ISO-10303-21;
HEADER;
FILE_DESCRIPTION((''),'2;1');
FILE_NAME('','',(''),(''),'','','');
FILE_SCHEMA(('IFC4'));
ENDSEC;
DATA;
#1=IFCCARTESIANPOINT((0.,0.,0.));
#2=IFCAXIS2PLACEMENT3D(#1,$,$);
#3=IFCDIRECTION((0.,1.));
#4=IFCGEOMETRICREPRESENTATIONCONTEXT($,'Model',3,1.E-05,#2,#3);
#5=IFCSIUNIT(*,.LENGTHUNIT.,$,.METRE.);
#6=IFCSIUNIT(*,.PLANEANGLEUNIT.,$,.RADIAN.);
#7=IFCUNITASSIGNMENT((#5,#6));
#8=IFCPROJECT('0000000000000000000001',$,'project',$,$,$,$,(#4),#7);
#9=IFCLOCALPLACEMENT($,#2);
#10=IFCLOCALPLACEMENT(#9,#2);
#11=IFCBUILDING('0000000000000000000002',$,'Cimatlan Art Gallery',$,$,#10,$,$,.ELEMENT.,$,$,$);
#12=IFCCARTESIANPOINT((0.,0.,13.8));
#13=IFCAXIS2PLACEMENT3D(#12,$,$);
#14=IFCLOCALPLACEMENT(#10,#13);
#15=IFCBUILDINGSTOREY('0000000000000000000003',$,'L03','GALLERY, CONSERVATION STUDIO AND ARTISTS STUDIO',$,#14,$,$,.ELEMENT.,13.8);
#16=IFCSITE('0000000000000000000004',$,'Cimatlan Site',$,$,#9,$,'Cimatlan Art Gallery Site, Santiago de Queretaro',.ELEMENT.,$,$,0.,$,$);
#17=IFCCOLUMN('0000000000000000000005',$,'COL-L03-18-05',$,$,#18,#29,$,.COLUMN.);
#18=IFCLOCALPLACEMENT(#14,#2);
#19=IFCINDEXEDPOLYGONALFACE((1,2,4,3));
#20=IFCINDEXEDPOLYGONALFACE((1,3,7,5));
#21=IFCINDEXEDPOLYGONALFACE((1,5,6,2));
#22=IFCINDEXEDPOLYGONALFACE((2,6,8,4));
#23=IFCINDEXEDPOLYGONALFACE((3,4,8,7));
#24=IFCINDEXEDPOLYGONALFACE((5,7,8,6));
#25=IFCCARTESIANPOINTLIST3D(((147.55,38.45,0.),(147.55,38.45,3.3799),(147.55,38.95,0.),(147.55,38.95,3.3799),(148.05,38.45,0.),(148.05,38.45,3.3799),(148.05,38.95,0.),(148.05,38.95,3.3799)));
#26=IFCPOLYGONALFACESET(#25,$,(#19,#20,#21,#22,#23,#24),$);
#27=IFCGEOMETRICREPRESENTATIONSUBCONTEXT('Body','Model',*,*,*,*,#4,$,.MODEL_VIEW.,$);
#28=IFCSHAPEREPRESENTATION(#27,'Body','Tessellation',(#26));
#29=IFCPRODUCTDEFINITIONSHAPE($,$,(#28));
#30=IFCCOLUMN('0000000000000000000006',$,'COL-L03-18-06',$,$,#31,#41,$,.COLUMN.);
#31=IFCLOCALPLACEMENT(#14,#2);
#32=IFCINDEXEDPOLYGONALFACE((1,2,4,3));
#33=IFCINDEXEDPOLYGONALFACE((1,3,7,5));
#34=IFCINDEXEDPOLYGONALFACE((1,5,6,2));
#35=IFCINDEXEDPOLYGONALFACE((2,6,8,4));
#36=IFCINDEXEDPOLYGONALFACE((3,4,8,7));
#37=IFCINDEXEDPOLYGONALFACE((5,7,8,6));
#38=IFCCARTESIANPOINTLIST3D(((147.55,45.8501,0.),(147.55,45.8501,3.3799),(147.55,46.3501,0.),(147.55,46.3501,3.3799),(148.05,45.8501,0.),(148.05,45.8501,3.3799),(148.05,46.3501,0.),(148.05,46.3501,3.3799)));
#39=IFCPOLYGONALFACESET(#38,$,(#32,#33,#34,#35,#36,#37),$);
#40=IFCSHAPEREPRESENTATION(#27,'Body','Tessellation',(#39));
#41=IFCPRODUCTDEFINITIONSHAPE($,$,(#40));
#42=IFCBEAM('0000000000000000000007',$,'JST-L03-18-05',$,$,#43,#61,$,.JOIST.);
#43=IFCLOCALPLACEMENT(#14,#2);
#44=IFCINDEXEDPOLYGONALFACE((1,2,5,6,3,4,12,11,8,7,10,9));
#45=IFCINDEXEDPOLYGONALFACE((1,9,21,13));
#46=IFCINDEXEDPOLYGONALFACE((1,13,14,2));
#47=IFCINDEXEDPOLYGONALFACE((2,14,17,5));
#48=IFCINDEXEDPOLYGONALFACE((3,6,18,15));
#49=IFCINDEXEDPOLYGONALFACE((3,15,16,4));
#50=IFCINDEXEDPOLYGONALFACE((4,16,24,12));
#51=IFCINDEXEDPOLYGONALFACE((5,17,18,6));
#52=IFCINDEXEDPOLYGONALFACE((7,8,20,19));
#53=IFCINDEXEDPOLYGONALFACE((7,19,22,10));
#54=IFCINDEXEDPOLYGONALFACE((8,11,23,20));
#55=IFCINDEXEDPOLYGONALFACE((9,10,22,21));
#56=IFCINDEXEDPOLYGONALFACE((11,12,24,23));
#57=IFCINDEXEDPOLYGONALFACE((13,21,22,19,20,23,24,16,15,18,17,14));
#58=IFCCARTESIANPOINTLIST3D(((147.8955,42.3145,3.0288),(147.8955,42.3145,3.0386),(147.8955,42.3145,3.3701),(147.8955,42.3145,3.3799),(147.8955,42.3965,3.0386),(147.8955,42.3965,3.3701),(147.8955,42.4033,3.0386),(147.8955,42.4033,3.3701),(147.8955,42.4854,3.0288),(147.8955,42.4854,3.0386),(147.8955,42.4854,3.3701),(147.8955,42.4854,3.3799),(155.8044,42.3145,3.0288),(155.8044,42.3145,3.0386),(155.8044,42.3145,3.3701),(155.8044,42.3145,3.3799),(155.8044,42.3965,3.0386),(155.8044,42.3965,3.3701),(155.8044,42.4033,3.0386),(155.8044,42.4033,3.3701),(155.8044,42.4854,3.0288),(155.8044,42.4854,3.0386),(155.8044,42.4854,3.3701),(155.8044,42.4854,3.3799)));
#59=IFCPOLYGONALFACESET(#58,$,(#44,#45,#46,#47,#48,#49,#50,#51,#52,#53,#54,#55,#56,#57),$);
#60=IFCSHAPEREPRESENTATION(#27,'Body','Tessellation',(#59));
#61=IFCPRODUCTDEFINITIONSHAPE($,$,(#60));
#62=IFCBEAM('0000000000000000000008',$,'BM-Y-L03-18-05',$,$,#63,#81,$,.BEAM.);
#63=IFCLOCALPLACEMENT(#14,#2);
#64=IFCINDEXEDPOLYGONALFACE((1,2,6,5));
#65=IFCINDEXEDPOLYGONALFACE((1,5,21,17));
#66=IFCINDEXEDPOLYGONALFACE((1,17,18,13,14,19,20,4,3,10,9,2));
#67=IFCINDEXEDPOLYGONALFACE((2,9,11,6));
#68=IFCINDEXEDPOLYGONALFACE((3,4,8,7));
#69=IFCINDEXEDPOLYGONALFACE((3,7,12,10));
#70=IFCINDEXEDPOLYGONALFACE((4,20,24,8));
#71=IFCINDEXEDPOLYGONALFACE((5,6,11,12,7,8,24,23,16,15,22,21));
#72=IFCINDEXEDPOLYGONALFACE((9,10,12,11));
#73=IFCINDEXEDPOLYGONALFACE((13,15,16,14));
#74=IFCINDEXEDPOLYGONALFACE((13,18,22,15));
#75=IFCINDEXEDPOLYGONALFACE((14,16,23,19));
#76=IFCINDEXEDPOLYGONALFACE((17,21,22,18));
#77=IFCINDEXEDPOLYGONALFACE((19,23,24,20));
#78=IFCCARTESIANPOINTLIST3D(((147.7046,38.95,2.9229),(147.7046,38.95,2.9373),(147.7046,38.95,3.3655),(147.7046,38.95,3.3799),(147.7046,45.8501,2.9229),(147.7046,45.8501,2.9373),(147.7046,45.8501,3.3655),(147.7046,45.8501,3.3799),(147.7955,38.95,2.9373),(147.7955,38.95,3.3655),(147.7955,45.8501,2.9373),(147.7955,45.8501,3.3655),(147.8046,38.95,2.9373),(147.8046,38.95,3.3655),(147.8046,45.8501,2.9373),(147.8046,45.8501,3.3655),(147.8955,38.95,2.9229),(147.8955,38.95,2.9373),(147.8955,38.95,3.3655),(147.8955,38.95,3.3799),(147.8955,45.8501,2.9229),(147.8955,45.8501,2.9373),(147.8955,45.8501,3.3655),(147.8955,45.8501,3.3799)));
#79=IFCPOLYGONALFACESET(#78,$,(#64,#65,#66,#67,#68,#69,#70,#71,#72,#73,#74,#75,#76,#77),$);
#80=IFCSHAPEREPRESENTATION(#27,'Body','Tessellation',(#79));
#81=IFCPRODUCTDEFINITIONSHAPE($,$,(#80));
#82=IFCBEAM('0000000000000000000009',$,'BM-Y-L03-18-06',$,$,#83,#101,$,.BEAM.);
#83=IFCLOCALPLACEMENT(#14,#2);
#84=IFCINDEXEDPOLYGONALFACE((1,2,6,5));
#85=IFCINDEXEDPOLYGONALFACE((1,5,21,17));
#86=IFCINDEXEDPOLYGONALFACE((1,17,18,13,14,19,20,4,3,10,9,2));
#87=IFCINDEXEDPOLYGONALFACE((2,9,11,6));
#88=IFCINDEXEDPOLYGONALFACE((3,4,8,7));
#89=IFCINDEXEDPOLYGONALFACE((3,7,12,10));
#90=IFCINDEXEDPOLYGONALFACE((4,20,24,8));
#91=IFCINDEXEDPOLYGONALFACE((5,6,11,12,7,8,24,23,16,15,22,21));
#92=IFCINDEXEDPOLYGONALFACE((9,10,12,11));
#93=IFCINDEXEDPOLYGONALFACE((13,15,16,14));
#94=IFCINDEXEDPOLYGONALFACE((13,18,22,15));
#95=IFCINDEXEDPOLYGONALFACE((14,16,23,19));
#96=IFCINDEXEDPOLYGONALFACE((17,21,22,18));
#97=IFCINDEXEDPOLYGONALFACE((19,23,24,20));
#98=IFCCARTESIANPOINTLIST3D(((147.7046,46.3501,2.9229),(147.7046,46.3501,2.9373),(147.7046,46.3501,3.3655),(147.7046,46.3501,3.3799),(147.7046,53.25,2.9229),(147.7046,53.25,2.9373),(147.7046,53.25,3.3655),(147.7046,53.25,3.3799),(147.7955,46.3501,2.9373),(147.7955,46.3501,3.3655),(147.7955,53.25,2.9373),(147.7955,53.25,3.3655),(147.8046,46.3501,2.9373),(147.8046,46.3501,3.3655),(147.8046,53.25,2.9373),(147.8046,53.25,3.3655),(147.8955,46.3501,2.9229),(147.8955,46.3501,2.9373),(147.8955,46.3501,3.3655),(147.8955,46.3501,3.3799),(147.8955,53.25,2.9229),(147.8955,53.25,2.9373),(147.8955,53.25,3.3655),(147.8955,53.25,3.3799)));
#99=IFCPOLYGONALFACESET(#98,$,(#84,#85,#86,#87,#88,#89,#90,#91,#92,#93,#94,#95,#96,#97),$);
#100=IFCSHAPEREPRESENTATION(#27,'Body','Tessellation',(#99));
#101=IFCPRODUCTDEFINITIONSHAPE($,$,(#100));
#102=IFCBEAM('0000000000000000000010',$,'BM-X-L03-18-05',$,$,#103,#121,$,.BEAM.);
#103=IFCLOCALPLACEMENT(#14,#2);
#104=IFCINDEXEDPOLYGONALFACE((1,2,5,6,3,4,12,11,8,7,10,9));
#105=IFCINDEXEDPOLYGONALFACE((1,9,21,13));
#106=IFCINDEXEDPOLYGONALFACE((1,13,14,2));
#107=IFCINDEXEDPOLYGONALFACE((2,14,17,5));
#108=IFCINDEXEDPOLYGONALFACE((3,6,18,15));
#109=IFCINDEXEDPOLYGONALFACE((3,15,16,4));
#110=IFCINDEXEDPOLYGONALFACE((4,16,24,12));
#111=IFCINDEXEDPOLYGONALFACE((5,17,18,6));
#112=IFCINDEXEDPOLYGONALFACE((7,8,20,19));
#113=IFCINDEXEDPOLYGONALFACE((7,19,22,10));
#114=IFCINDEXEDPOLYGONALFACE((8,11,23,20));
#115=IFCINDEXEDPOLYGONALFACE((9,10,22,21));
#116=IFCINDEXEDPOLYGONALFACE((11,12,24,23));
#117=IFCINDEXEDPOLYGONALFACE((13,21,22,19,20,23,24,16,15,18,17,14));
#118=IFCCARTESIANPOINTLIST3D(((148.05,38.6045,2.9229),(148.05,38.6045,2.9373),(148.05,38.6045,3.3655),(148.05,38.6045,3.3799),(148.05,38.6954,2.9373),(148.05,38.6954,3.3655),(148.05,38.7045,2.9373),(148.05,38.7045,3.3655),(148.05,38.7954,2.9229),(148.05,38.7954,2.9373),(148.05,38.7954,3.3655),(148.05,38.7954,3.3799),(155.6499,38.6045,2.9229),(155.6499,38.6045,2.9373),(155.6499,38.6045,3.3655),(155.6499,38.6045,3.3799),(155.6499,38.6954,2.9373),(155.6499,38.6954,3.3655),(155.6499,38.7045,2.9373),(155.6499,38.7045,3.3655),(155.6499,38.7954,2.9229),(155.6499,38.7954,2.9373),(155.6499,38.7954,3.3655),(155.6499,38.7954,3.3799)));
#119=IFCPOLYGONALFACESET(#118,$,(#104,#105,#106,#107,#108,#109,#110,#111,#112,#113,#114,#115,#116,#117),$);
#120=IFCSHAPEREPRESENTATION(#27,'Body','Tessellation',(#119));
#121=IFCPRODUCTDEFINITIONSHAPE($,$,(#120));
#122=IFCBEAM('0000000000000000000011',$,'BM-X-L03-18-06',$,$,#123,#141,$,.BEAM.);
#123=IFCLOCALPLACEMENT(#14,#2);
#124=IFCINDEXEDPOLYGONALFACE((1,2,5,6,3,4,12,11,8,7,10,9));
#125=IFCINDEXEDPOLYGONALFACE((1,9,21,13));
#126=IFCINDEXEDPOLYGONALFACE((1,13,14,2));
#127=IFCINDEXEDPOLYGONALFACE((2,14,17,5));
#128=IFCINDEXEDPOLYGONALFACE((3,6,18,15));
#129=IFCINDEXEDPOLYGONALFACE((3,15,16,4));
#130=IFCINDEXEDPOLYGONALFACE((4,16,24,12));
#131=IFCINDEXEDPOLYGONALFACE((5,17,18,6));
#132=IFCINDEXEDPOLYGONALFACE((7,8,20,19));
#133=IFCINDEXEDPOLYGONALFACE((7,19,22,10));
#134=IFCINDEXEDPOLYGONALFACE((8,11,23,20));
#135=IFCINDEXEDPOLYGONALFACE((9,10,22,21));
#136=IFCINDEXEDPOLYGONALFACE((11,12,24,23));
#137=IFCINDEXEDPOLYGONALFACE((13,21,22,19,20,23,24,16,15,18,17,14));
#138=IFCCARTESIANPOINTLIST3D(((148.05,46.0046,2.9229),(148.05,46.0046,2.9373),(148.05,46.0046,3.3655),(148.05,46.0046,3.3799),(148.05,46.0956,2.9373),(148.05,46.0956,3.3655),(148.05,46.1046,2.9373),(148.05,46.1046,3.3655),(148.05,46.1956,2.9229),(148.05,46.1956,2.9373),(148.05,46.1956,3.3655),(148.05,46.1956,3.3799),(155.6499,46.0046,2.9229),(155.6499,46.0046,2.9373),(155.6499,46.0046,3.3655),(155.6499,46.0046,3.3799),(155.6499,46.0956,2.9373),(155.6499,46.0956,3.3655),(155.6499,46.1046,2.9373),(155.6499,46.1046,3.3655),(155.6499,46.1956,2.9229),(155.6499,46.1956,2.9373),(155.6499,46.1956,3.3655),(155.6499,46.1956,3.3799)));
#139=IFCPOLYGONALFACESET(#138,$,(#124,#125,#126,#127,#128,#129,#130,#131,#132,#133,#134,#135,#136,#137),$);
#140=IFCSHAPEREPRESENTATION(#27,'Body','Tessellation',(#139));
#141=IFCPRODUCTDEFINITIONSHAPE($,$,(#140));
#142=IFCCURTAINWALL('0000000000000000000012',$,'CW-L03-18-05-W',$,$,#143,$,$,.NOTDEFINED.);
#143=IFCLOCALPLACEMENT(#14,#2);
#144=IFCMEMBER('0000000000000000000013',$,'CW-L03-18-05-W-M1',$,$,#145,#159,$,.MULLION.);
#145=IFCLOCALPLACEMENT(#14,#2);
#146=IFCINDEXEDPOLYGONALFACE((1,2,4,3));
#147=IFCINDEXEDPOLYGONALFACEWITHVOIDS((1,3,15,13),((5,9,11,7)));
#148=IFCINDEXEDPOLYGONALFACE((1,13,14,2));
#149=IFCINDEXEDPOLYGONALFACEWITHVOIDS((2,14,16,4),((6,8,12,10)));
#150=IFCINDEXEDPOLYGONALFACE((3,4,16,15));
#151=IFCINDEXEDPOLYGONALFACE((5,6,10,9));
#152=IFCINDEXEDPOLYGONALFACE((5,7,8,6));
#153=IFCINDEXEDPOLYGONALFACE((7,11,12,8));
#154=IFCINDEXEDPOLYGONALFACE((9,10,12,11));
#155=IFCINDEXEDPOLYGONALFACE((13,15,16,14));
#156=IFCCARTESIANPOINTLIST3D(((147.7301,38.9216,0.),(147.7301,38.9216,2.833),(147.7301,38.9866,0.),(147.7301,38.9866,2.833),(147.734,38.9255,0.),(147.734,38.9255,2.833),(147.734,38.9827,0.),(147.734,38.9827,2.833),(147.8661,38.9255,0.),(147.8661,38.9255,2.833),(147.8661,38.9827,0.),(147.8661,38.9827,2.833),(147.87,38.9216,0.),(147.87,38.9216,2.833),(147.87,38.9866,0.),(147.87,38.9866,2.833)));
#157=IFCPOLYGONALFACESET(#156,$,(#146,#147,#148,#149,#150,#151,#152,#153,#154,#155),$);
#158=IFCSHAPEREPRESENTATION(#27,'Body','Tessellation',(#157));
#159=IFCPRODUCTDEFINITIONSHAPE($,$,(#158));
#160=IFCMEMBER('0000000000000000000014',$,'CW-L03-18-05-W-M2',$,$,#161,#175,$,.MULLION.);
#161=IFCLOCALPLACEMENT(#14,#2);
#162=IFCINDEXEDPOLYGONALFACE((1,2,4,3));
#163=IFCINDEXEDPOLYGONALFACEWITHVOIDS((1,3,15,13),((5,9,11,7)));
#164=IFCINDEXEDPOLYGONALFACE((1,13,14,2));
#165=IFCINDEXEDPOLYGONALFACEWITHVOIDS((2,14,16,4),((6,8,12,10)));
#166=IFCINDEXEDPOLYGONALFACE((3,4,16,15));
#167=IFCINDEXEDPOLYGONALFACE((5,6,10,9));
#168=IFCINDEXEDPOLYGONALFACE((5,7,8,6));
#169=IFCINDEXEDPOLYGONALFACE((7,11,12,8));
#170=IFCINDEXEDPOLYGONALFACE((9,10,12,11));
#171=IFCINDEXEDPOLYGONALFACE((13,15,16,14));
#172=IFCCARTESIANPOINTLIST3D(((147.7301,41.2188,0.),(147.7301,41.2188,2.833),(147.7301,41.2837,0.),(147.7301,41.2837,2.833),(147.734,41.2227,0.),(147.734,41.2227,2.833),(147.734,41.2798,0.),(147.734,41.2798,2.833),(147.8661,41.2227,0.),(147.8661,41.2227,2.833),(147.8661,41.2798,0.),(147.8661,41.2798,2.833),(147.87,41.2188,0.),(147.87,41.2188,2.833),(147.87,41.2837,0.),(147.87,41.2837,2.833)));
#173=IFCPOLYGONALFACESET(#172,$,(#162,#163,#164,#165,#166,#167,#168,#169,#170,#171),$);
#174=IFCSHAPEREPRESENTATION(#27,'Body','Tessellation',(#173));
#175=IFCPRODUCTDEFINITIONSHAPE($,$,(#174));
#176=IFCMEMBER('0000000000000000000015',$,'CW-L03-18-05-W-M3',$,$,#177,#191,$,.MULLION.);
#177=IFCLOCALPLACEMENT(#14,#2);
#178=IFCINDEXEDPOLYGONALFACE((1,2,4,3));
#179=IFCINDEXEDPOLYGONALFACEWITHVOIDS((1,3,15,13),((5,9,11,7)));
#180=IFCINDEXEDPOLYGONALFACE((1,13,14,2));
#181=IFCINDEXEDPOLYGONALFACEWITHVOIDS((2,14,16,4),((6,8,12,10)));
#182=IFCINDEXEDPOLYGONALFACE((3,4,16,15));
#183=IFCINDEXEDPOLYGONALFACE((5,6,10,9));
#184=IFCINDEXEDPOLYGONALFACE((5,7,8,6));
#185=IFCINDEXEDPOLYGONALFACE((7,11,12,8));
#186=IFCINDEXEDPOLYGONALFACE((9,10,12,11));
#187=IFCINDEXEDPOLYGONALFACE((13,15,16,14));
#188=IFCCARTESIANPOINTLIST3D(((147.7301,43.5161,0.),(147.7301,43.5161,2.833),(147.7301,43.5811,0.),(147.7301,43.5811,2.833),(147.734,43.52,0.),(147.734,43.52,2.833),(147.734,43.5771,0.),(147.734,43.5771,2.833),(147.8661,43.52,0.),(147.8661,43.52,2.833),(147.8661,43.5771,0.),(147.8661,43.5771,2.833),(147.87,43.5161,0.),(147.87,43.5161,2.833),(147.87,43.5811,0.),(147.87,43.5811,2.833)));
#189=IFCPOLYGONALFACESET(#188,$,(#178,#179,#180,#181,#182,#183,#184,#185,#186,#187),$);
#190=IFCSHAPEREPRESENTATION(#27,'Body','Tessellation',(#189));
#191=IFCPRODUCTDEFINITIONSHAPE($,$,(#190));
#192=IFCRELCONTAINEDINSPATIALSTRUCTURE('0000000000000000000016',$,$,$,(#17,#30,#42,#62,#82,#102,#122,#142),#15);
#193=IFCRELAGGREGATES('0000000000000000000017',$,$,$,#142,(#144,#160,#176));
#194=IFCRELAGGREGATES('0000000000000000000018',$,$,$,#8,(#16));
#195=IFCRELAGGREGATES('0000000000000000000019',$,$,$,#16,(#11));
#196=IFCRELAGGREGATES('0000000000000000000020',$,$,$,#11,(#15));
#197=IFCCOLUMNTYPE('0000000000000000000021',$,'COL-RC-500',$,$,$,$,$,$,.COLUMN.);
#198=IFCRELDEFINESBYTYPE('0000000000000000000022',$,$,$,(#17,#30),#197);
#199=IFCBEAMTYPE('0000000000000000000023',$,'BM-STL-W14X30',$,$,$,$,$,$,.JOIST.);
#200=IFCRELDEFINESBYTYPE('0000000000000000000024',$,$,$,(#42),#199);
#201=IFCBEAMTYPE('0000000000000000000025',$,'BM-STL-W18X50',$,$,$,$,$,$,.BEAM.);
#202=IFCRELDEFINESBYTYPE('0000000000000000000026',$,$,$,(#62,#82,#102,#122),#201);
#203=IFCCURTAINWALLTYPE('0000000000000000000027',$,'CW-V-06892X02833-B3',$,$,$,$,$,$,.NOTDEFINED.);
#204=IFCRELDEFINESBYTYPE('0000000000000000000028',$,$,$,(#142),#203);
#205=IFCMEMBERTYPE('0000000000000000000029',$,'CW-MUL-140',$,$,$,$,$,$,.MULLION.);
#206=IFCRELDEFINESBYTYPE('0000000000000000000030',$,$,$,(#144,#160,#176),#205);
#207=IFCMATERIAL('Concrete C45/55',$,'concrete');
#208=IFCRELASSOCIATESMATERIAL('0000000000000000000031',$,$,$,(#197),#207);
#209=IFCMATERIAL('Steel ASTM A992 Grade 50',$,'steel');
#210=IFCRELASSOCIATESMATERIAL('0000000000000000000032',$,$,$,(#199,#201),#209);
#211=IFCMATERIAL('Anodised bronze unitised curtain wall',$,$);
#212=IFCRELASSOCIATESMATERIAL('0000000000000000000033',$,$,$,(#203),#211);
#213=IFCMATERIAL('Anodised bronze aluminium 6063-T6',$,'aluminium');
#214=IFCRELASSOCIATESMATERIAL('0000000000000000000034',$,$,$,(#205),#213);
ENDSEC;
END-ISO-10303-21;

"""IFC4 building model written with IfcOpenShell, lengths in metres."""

from ifc_helpers import new_model, si_unit, direction, frame, origin, origin_2d, place, context, subcontext, project, spatial, rectangle, hollow_rectangle, i_section, extrude, material, material_profile, profile_set, type_object, element, aggregate, save


model = new_model("IFC4")

# Units and contexts
model_context = context("Model", 3, precision=1e-05, world=origin(), true_north=direction((0.0, 1.0)))
body_context = subcontext(model_context, "Body", "Model", "MODEL_VIEW")
ifc_project = project(units=[si_unit("LENGTHUNIT", "METRE"), si_unit("PLANEANGLEUNIT", "RADIAN")], contexts=[model_context])

# Site, building, storey
site_placement = place(None, origin())
site = spatial("IfcSite", under=ifc_project, at=site_placement, Name="Cimatlan Site", LongName="Cimatlan Art Gallery Site, Santiago de Queretaro", CompositionType="ELEMENT", RefElevation=0.0)
building_placement = place(site_placement, origin())
building = spatial("IfcBuilding", under=site, at=building_placement, Name="Cimatlan Art Gallery", CompositionType="ELEMENT")
storey_placement = place(building_placement, frame((0.0, 0.0, 13.8)))
storey = spatial("IfcBuildingStorey", under=building, at=storey_placement, Name="L03", Description="GALLERY, CONSERVATION STUDIO AND ARTISTS STUDIO", CompositionType="ELEMENT", Elevation=13.8)

# Columns
ifc_material_1 = material(Name="Concrete C45/55", Category="concrete")
ifc_material_profile_1 = material_profile(ifc_material_1, rectangle(XDim=0.5, YDim=0.5, at=origin_2d()), Name="RC500X500")
ifc_profile_set_1 = profile_set([ifc_material_profile_1], Name="Concrete C45/55")
column_type = type_object("IfcColumnType", Name="COL-RC-500", PredefinedType="COLUMN", material=ifc_profile_set_1)
for number, where, z_axis, x_axis, name in (
    (1, (147.8, 38.7, 0.0), (0.0, 0.0, 1.0), (1.0, 0.0, 0.0), "COL-L03-18-05"),
    (2, (147.8, 46.1001, 0.0), (0.0, 0.0, 1.0), (1.0, 0.0, 0.0), "COL-L03-18-06"),
):
    element("IfcColumn", number, at=place(storey_placement, frame(where, z_axis=z_axis, x_axis=x_axis)), inside=storey, type_object=column_type, Name=name, PredefinedType="COLUMN", context=body_context, shape_type="SweptSolid", body=[
        extrude(rectangle(XDim=0.5, YDim=0.5, at=origin_2d()), origin(), (0.0, 0.0, 1.0), 3.3799),
    ])

# Beams
ifc_material_2 = material(Name="Steel ASTM A992 Grade 50", Category="steel")
ifc_material_profile_2 = material_profile(ifc_material_2, i_section(OverallWidth=0.1709, OverallDepth=0.3511, WebThickness=0.0068, FlangeThickness=0.0098, at=origin_2d()), Name="W14X30")
ifc_profile_set_2 = profile_set([ifc_material_profile_2], Name="Steel ASTM A992 Grade 50")
beam_type_1 = type_object("IfcBeamType", Name="BM-STL-W14X30", PredefinedType="JOIST", material=ifc_profile_set_2)
beam_1_placement = place(storey_placement, frame((147.8955, 42.3999, 3.2043), z_axis=(1.0, 0.0, 0.0), x_axis=(0.0, 1.0, 0.0)))
element("IfcBeam", 3, at=beam_1_placement, inside=storey, type_object=beam_type_1, Name="JST-L03-18-05", PredefinedType="JOIST", context=body_context, shape_type="SweptSolid", body=[
    extrude(i_section(OverallWidth=0.1709, OverallDepth=0.3511, WebThickness=0.0068, FlangeThickness=0.0098, at=origin_2d()), origin(), (0.0, 0.0, 1.0), 7.9089),
])
ifc_material_profile_3 = material_profile(ifc_material_2, i_section(OverallWidth=0.1909, OverallDepth=0.457, WebThickness=0.009, FlangeThickness=0.0144, at=origin_2d()), Name="W18X50")
ifc_profile_set_3 = profile_set([ifc_material_profile_3], Name="Steel ASTM A992 Grade 50")
beam_type_2 = type_object("IfcBeamType", Name="BM-STL-W18X50", PredefinedType="BEAM", material=ifc_profile_set_3)
beam_2_placement = place(storey_placement, frame((147.8, 38.95, 3.1514), z_axis=(0.0, 1.0, 0.0), x_axis=(-1.0, 0.0, 0.0)))
element("IfcBeam", 4, at=beam_2_placement, inside=storey, type_object=beam_type_2, Name="BM-Y-L03-18-05", PredefinedType="BEAM", context=body_context, shape_type="SweptSolid", body=[
    extrude(i_section(OverallWidth=0.1909, OverallDepth=0.457, WebThickness=0.009, FlangeThickness=0.0144, at=origin_2d()), origin(), (0.0, 0.0, 1.0), 6.9001),
])
beam_3_placement = place(storey_placement, frame((147.8, 46.3501, 3.1514), z_axis=(0.0, 1.0, 0.0), x_axis=(-1.0, 0.0, 0.0)))
element("IfcBeam", 5, at=beam_3_placement, inside=storey, type_object=beam_type_2, Name="BM-Y-L03-18-06", PredefinedType="BEAM", context=body_context, shape_type="SweptSolid", body=[
    extrude(i_section(OverallWidth=0.1909, OverallDepth=0.457, WebThickness=0.009, FlangeThickness=0.0144, at=origin_2d()), origin(), (0.0, 0.0, 1.0), 6.8999),
])
for number, where, z_axis, x_axis, name in (
    (6, (148.05, 38.7, 3.1514), (1.0, 0.0, 0.0), (0.0, 1.0, 0.0), "BM-X-L03-18-05"),
    (7, (148.05, 46.1001, 3.1514), (1.0, 0.0, 0.0), (0.0, 1.0, 0.0), "BM-X-L03-18-06"),
):
    element("IfcBeam", number, at=place(storey_placement, frame(where, z_axis=z_axis, x_axis=x_axis)), inside=storey, type_object=beam_type_2, Name=name, PredefinedType="BEAM", context=body_context, shape_type="SweptSolid", body=[
        extrude(i_section(OverallWidth=0.1909, OverallDepth=0.457, WebThickness=0.009, FlangeThickness=0.0144, at=origin_2d()), origin(), (0.0, 0.0, 1.0), 7.5999),
    ])

# Curtain wall, members
ifc_material_3 = material(Name="Anodised bronze unitised curtain wall")
curtain_wall_type_1 = type_object("IfcCurtainWallType", Name="CW-V-06892X02833-B3", PredefinedType="NOTDEFINED", material=ifc_material_3)
curtain_wall_1_placement = place(storey_placement, origin())
curtain_wall_1 = element("IfcCurtainWall", 8, at=curtain_wall_1_placement, inside=storey, type_object=curtain_wall_type_1, Name="CW-L03-18-05-W", PredefinedType="NOTDEFINED")
ifc_material_4 = material(Name="Anodised bronze aluminium 6063-T6", Category="aluminium")
ifc_material_profile_4 = material_profile(ifc_material_4, hollow_rectangle(XDim=0.0649, YDim=0.1399, WallThickness=0.0039, at=origin_2d()), Name="ALU65X140X4")
ifc_profile_set_4 = profile_set([ifc_material_profile_4], Name="Anodised bronze aluminium 6063-T6")
member_type_1 = type_object("IfcMemberType", Name="CW-MUL-140", PredefinedType="MULLION", material=ifc_profile_set_4)
member_1_placement = place(storey_placement, frame((147.8, 38.9541, 0.0), z_axis=(0.0, 0.0, 1.0), x_axis=(0.0, 1.0, 0.0)))
member_1 = element("IfcMember", 9, at=member_1_placement, type_object=member_type_1, Name="CW-L03-18-05-W-M1", PredefinedType="MULLION", context=body_context, shape_type="SweptSolid", body=[
    extrude(hollow_rectangle(XDim=0.0649, YDim=0.1399, WallThickness=0.0039, at=origin_2d()), origin(), (0.0, 0.0, 1.0), 2.833),
])
member_2_placement = place(storey_placement, frame((147.8, 41.2512, 0.0), z_axis=(0.0, 0.0, 1.0), x_axis=(0.0, 1.0, 0.0)))
member_2 = element("IfcMember", 10, at=member_2_placement, type_object=member_type_1, Name="CW-L03-18-05-W-M2", PredefinedType="MULLION", context=body_context, shape_type="SweptSolid", body=[
    extrude(hollow_rectangle(XDim=0.0649, YDim=0.1399, WallThickness=0.0039, at=origin_2d()), origin(), (0.0, 0.0, 1.0), 2.833),
])
member_3_placement = place(storey_placement, frame((147.8, 43.5486, 0.0), z_axis=(0.0, 0.0, 1.0), x_axis=(0.0, 1.0, 0.0)))
member_3 = element("IfcMember", 11, at=member_3_placement, type_object=member_type_1, Name="CW-L03-18-05-W-M3", PredefinedType="MULLION", context=body_context, shape_type="SweptSolid", body=[
    extrude(hollow_rectangle(XDim=0.0649, YDim=0.1399, WallThickness=0.0039, at=origin_2d()), origin(), (0.0, 0.0, 1.0), 2.833),
])

aggregate(curtain_wall_1, [member_1, member_2, member_3])

save(model, "model.ifc")
